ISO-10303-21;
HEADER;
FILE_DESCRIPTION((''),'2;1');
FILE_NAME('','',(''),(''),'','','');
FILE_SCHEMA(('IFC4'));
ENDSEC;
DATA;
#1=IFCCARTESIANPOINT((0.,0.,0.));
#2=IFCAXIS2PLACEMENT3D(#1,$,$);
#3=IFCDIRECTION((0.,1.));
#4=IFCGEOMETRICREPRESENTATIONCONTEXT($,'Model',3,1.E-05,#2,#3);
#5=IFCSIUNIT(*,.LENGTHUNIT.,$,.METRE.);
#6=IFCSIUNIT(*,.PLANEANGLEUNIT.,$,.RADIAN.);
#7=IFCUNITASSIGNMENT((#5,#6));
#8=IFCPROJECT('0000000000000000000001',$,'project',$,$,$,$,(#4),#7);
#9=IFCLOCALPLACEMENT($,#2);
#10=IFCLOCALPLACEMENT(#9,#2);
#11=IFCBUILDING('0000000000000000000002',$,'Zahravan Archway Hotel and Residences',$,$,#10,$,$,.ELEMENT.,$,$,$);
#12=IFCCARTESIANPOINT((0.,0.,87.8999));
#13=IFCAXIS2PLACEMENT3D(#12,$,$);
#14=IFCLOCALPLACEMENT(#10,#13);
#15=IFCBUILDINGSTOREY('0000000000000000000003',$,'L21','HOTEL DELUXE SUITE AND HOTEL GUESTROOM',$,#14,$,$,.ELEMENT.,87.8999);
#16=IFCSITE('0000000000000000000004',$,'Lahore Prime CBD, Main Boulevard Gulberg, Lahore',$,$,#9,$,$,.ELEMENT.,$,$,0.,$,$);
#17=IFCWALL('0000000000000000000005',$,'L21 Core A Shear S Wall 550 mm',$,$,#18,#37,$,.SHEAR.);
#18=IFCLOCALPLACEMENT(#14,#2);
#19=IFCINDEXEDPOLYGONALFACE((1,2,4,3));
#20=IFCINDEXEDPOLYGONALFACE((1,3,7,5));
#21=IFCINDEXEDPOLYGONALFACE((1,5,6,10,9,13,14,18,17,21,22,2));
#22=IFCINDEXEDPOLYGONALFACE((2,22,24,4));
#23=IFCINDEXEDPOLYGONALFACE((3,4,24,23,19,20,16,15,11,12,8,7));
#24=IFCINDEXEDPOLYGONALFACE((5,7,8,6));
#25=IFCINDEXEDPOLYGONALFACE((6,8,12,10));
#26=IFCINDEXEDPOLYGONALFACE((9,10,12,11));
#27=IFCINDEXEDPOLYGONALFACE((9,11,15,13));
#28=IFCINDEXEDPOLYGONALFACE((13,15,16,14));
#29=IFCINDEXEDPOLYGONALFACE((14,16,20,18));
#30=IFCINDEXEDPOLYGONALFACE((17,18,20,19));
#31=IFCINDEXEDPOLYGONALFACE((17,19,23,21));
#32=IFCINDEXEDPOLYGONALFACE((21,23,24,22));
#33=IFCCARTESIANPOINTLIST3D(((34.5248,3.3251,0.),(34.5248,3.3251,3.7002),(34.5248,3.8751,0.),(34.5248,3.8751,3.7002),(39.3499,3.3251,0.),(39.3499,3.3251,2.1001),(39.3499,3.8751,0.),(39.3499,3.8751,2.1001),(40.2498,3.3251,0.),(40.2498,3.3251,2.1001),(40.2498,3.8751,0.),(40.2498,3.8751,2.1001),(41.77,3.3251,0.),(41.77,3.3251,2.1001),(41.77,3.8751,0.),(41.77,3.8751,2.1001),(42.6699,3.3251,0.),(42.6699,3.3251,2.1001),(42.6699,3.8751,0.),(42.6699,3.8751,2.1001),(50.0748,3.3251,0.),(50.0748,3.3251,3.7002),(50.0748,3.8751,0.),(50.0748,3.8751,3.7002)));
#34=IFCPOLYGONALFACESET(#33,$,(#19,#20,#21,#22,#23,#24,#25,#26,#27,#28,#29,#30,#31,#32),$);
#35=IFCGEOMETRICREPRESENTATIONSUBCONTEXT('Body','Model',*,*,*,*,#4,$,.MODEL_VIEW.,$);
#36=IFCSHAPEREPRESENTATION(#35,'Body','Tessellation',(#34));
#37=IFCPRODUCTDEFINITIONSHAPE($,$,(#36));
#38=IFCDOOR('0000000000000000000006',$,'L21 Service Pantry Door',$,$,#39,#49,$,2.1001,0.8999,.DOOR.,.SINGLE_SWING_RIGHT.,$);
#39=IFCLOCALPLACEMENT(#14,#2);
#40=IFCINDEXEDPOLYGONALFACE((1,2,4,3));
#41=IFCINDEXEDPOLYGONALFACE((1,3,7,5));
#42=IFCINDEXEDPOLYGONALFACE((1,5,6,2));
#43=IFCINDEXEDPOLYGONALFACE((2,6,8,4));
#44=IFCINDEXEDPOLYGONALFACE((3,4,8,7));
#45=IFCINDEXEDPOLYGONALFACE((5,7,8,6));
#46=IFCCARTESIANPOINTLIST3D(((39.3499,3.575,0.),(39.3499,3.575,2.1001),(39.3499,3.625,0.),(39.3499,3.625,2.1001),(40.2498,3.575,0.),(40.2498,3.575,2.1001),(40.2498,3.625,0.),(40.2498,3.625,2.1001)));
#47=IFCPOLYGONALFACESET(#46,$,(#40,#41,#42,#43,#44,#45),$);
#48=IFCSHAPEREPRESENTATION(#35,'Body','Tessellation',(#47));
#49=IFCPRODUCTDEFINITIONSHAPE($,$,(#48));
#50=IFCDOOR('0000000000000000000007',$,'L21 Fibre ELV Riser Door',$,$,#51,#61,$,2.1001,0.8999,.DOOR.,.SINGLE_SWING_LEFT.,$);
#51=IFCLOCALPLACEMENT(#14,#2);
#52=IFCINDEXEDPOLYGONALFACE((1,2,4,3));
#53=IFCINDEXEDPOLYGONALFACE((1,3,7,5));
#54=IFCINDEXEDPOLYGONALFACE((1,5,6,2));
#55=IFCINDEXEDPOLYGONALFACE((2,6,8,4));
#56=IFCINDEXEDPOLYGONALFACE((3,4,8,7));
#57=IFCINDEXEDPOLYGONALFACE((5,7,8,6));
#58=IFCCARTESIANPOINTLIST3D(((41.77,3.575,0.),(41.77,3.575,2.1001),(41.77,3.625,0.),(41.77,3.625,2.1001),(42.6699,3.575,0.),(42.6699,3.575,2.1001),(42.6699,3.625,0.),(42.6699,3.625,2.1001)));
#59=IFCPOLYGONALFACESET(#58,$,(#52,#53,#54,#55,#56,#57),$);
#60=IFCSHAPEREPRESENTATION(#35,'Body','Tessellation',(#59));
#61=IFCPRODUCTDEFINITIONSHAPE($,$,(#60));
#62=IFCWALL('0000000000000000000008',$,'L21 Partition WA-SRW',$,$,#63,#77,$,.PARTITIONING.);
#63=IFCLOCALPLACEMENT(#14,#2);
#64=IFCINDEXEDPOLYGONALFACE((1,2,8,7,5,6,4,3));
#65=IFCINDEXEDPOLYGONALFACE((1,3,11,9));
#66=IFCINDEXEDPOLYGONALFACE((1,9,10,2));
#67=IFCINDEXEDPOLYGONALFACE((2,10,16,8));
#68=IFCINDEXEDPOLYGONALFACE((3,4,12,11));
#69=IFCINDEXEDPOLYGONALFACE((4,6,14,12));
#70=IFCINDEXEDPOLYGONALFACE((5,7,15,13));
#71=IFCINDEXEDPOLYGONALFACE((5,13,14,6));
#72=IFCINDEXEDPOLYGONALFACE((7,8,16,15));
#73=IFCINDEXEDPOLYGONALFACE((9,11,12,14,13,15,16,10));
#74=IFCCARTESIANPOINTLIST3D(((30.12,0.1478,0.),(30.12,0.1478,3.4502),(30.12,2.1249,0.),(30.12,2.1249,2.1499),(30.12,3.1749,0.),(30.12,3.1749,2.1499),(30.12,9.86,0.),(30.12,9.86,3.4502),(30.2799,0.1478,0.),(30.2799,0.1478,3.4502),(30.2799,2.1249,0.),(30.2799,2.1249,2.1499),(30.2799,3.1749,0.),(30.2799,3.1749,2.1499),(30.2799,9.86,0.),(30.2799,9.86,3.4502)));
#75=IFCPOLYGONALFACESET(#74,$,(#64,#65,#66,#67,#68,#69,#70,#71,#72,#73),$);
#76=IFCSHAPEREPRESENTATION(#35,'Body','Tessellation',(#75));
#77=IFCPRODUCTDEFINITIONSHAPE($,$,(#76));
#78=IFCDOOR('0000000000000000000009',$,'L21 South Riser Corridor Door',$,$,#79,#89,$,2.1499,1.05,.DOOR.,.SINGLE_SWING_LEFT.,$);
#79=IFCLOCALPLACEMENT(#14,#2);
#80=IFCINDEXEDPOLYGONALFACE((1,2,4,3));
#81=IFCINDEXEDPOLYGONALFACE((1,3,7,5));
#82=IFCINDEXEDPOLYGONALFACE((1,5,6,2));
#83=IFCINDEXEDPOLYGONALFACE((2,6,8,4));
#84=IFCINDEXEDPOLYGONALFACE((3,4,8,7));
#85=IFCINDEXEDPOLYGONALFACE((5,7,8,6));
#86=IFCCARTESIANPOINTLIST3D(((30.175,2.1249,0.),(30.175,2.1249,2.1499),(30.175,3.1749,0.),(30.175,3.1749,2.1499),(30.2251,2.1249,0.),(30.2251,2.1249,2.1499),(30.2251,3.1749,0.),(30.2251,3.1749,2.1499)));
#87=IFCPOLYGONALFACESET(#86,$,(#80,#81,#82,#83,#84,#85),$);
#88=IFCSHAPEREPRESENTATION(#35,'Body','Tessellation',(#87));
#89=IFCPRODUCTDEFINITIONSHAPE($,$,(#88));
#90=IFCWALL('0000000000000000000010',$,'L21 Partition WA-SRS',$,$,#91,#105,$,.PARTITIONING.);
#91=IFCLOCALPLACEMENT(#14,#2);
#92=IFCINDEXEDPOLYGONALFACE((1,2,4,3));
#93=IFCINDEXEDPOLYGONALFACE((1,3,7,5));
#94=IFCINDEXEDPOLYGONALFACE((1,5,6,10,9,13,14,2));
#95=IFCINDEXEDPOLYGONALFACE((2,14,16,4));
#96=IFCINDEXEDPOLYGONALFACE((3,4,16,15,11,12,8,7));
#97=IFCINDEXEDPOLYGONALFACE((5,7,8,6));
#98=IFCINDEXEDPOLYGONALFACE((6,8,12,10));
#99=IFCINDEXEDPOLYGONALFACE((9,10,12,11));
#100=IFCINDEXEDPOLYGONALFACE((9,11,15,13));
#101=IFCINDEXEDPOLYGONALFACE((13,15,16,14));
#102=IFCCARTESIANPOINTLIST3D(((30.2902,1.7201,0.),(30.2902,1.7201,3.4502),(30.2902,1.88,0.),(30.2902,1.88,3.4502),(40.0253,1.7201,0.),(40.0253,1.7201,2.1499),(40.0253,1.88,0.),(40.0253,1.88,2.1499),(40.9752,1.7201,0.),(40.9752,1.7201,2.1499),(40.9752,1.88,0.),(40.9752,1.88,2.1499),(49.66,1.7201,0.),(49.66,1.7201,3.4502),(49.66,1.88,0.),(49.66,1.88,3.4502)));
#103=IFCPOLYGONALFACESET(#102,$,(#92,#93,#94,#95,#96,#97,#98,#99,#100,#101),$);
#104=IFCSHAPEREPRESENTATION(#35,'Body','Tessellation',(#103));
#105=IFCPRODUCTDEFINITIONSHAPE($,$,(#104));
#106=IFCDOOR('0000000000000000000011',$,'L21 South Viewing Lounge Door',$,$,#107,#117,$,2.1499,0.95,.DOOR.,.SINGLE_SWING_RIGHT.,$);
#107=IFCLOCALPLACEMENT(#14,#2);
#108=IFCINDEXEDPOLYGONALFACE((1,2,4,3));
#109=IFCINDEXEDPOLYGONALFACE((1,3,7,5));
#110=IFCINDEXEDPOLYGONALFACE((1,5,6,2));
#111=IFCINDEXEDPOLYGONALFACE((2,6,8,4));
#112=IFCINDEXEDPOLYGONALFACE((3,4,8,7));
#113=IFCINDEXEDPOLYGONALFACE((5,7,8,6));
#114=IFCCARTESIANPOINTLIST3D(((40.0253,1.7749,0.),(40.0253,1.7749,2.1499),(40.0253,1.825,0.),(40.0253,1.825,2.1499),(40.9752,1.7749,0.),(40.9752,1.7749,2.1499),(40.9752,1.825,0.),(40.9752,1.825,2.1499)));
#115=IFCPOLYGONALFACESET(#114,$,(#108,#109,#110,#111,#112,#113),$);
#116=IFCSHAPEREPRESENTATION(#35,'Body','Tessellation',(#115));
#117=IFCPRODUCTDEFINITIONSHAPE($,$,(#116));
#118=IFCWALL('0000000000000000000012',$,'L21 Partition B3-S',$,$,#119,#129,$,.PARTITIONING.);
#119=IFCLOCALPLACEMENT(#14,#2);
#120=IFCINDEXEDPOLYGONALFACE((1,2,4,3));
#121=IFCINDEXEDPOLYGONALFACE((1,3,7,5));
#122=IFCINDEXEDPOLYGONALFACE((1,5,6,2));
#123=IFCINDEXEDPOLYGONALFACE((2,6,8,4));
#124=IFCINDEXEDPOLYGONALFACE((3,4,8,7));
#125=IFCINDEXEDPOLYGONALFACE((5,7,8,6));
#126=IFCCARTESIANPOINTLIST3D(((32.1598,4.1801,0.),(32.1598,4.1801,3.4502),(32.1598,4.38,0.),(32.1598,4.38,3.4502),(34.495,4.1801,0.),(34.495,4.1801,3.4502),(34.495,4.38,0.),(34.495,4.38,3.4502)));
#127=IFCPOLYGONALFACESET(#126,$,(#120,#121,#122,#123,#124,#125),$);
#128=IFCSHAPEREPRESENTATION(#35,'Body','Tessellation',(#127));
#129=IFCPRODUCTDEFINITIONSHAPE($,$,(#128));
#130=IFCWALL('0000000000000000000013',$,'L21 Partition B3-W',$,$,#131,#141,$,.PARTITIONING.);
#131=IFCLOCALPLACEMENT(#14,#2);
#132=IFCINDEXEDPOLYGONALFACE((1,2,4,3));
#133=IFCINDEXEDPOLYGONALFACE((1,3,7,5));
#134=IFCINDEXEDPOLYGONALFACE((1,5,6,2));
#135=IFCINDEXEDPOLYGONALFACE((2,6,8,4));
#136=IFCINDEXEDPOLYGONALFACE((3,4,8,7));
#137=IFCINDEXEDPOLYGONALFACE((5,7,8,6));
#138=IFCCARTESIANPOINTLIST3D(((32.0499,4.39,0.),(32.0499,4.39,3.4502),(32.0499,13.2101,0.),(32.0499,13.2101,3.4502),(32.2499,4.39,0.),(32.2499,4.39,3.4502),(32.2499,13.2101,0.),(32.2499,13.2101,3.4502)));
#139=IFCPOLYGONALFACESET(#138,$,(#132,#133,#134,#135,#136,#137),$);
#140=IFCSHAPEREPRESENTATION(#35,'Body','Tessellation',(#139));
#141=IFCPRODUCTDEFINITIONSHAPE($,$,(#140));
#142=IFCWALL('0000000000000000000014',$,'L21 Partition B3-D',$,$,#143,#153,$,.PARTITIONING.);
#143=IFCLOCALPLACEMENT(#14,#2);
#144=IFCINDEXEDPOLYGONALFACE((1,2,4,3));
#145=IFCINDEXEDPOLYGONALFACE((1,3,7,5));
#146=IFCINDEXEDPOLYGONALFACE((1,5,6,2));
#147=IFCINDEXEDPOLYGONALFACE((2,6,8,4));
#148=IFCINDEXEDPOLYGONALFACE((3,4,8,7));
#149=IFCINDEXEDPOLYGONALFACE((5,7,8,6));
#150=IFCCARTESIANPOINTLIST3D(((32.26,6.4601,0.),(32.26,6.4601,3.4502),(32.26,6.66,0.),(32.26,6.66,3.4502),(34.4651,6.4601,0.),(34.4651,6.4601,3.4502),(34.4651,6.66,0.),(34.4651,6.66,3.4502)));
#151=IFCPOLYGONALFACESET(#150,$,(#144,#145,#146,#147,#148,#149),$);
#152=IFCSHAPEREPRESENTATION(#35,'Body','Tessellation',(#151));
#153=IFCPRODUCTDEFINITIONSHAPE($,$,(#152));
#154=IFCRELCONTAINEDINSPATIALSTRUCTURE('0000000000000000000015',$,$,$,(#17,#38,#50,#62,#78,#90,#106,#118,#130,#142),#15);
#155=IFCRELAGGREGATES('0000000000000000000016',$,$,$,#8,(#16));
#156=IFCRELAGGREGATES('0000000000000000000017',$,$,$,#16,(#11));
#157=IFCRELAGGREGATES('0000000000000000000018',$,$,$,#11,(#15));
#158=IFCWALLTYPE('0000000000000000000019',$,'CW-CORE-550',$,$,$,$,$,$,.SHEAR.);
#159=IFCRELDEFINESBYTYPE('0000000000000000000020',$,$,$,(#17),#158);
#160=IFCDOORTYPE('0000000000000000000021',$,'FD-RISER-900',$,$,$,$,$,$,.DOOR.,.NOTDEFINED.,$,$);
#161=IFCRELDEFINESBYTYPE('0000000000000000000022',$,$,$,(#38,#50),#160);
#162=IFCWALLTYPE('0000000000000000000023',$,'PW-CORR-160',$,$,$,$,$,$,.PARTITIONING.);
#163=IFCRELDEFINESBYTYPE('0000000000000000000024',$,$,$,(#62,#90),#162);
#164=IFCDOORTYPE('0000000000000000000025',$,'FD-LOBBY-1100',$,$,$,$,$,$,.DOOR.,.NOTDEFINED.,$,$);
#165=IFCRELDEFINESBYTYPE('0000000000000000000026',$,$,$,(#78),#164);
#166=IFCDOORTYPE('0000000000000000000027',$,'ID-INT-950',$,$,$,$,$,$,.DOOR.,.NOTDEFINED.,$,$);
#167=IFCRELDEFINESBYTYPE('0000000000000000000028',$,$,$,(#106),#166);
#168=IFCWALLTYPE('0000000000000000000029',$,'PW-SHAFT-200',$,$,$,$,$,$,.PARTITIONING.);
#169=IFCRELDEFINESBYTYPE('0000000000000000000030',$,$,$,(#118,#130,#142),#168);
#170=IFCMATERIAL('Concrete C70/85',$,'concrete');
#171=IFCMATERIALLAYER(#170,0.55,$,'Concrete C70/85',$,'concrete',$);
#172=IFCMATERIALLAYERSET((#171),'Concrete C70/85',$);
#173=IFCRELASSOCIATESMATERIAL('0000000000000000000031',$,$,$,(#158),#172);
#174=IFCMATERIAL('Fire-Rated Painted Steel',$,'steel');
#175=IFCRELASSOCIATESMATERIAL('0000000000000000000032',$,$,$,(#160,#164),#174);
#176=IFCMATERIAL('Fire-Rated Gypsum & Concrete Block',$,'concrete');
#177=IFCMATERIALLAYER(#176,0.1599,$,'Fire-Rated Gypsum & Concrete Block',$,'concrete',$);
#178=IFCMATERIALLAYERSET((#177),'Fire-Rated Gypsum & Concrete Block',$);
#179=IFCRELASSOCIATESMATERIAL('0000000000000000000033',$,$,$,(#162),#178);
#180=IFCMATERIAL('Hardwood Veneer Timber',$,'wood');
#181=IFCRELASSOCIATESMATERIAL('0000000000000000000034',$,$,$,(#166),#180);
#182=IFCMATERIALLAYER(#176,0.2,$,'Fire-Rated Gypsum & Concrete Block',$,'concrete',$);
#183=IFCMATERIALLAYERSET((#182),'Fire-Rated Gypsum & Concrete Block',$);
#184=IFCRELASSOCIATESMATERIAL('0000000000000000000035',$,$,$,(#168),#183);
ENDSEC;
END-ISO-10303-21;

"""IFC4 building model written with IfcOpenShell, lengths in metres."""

from ifc_helpers import new_model, si_unit, direction, frame, frame_2d, origin, place, context, subcontext, project, spatial, rectangle, extrude, source, transform, mapped, material, layer, layer_set, type_object, type_shapes, element, fill, save


model = new_model("IFC4")

# Units and contexts
model_context = context("Model", 3, precision=1e-05, world=origin(), true_north=direction((0.0, 1.0)))
body_context = subcontext(model_context, "Body", "Model", "MODEL_VIEW")
ifc_project = project(units=[si_unit("LENGTHUNIT", "METRE"), si_unit("PLANEANGLEUNIT", "RADIAN")], contexts=[model_context])

# Site, building, storey
site_placement = place(None, origin())
site = spatial("IfcSite", under=ifc_project, at=site_placement, Name="Lahore Prime CBD, Main Boulevard Gulberg, Lahore", CompositionType="ELEMENT", RefElevation=0.0)
building_placement = place(site_placement, origin())
building = spatial("IfcBuilding", under=site, at=building_placement, Name="Zahravan Archway Hotel and Residences", CompositionType="ELEMENT")
storey_placement = place(building_placement, frame((0.0, 0.0, 87.8999)))
storey = spatial("IfcBuildingStorey", under=building, at=storey_placement, Name="L21", Description="HOTEL DELUXE SUITE AND HOTEL GUESTROOM", CompositionType="ELEMENT", Elevation=87.8999)

# Shared definitions
ifc_material_1 = material(Name="Concrete C70/85", Category="concrete")

# Wall, openings, doors
ifc_layer_1 = layer(ifc_material_1, 0.55, Name="Concrete C70/85", Category="concrete")
ifc_layer_set_1 = layer_set([ifc_layer_1], Name="Concrete C70/85")
wall_type_1 = type_object("IfcWallType", Name="CW-CORE-550", PredefinedType="SHEAR", material=ifc_layer_set_1)
wall_1_placement = place(storey_placement, frame((34.5249, 3.6001, 0.0), z_axis=(0.0, 0.0, 1.0), x_axis=(1.0, 0.0, 0.0)))
wall_1 = element("IfcWall", 1, at=wall_1_placement, inside=storey, type_object=wall_type_1, Name="L21 Core A Shear S Wall 550 mm", PredefinedType="SHEAR", context=body_context, shape_type="SweptSolid", body=[
    extrude(rectangle(XDim=15.55, YDim=0.55, at=frame_2d((7.7749, 0.0))), origin(), (0.0, 0.0, 1.0), 3.7002),
])
opening_1_placement = place(wall_1_placement, frame((4.825, 0.0, 0.0)))
opening_1 = element("IfcOpeningElement", 2, at=opening_1_placement, cuts=wall_1, PredefinedType="OPENING", context=body_context, shape_type="SweptSolid", body=[
    extrude(rectangle(XDim=0.8999, YDim=2.1001, at=frame_2d((0.45, 1.05))), frame((0.0, 0.2852, 0.0), z_axis=(0.0, -1.0, 0.0), x_axis=(1.0, 0.0, 0.0)), (0.0, 0.0, 1.0), 0.5701),
])
opening_2_placement = place(wall_1_placement, frame((7.2451, 0.0, 0.0)))
opening_2 = element("IfcOpeningElement", 3, at=opening_2_placement, cuts=wall_1, PredefinedType="OPENING", context=body_context, shape_type="SweptSolid", body=[
    extrude(rectangle(XDim=0.8999, YDim=2.1001, at=frame_2d((0.45, 1.05))), frame((0.0, 0.2852, 0.0), z_axis=(0.0, -1.0, 0.0), x_axis=(1.0, 0.0, 0.0)), (0.0, 0.0, 1.0), 0.5701),
])
ifc_material_2 = material(Name="Fire-Rated Painted Steel", Category="steel")
door_type_1 = type_object("IfcDoorType", Name="FD-RISER-900", OperationType="NOTDEFINED", PredefinedType="DOOR", material=ifc_material_2)
shared_shape_1 = source(origin(), body_context, "Body", "SweptSolid", [
    extrude(rectangle(XDim=0.8999, YDim=2.1001, at=frame_2d((0.45, 1.05))), frame((0.0, 0.0249, 0.0), z_axis=(0.0, -1.0, 0.0), x_axis=(1.0, 0.0, 0.0)), (0.0, 0.0, 1.0), 0.05),
])
type_shapes(door_type_1, [shared_shape_1])
door_1_placement = place(opening_1_placement, origin())
door_1 = element("IfcDoor", 4, at=door_1_placement, inside=storey, type_object=door_type_1, Name="L21 Service Pantry Door", OperationType="SINGLE_SWING_RIGHT", OverallHeight=2.1001, OverallWidth=0.8999, PredefinedType="DOOR", context=body_context, shape_type="MappedRepresentation", body=[
    mapped(shared_shape_1, transform((0.0, 0.0, 0.0), scale=1.0)),
])
fill(opening_1, door_1)
door_2_placement = place(opening_2_placement, origin())
door_2 = element("IfcDoor", 5, at=door_2_placement, inside=storey, type_object=door_type_1, Name="L21 Fibre ELV Riser Door", OperationType="SINGLE_SWING_LEFT", OverallHeight=2.1001, OverallWidth=0.8999, PredefinedType="DOOR", context=body_context, shape_type="MappedRepresentation", body=[
    mapped(shared_shape_1, transform((0.0, 0.0, 0.0), scale=1.0)),
])
fill(opening_2, door_2)

# Walls, openings, doors
ifc_material_3 = material(Name="Fire-Rated Gypsum & Concrete Block", Category="concrete")
ifc_layer_2 = layer(ifc_material_3, 0.1599, Name="Fire-Rated Gypsum & Concrete Block", Category="concrete")
ifc_layer_set_2 = layer_set([ifc_layer_2], Name="Fire-Rated Gypsum & Concrete Block")
wall_type_2 = type_object("IfcWallType", Name="PW-CORR-160", PredefinedType="PARTITIONING", material=ifc_layer_set_2)
wall_2_placement = place(storey_placement, frame((30.2, 0.1479, 0.0), z_axis=(0.0, 0.0, 1.0), x_axis=(0.0, 1.0, 0.0)))
wall_2 = element("IfcWall", 6, at=wall_2_placement, inside=storey, type_object=wall_type_2, Name="L21 Partition WA-SRW", PredefinedType="PARTITIONING", context=body_context, shape_type="SweptSolid", body=[
    extrude(rectangle(XDim=9.7122, YDim=0.1599, at=frame_2d((4.856, 0.0))), origin(), (0.0, 0.0, 1.0), 3.4502),
])
opening_3_placement = place(wall_2_placement, frame((1.9771, 0.0, 0.0)))
opening_3 = element("IfcOpeningElement", 7, at=opening_3_placement, cuts=wall_2, PredefinedType="OPENING", context=body_context, shape_type="SweptSolid", body=[
    extrude(rectangle(XDim=1.05, YDim=2.1499, at=frame_2d((0.5249, 1.075))), frame((0.0, 0.0898, 0.0), z_axis=(0.0, -1.0, 0.0), x_axis=(1.0, 0.0, 0.0)), (0.0, 0.0, 1.0), 0.1799),
])
door_type_2 = type_object("IfcDoorType", Name="FD-LOBBY-1100", OperationType="NOTDEFINED", PredefinedType="DOOR", material=ifc_material_2)
shared_shape_2 = source(origin(), body_context, "Body", "SweptSolid", [
    extrude(rectangle(XDim=1.05, YDim=2.1499, at=frame_2d((0.5249, 1.075))), frame((0.0, 0.0249, 0.0), z_axis=(0.0, -1.0, 0.0), x_axis=(1.0, 0.0, 0.0)), (0.0, 0.0, 1.0), 0.05),
])
type_shapes(door_type_2, [shared_shape_2])
door_3_placement = place(opening_3_placement, origin())
door_3 = element("IfcDoor", 8, at=door_3_placement, inside=storey, type_object=door_type_2, Name="L21 South Riser Corridor Door", OperationType="SINGLE_SWING_LEFT", OverallHeight=2.1499, OverallWidth=1.05, PredefinedType="DOOR", context=body_context, shape_type="MappedRepresentation", body=[
    mapped(shared_shape_2, transform((0.0, 0.0, 0.0), scale=1.0)),
])
fill(opening_3, door_3)
wall_3_placement = place(storey_placement, frame((30.29, 1.8, 0.0), z_axis=(0.0, 0.0, 1.0), x_axis=(1.0, 0.0, 0.0)))
wall_3 = element("IfcWall", 9, at=wall_3_placement, inside=storey, type_object=wall_type_2, Name="L21 Partition WA-SRS", PredefinedType="PARTITIONING", context=body_context, shape_type="SweptSolid", body=[
    extrude(rectangle(XDim=19.3699, YDim=0.1599, at=frame_2d((9.6851, 0.0))), origin(), (0.0, 0.0, 1.0), 3.4502),
])
opening_4_placement = place(wall_3_placement, frame((9.7351, 0.0, 0.0)))
opening_4 = element("IfcOpeningElement", 10, at=opening_4_placement, cuts=wall_3, PredefinedType="OPENING", context=body_context, shape_type="SweptSolid", body=[
    extrude(rectangle(XDim=0.95, YDim=2.1499, at=frame_2d((0.4751, 1.075))), frame((0.0, 0.0898, 0.0), z_axis=(0.0, -1.0, 0.0), x_axis=(1.0, 0.0, 0.0)), (0.0, 0.0, 1.0), 0.1799),
])
ifc_material_4 = material(Name="Hardwood Veneer Timber", Category="wood")
door_type_3 = type_object("IfcDoorType", Name="ID-INT-950", OperationType="NOTDEFINED", PredefinedType="DOOR", material=ifc_material_4)
shared_shape_3 = source(origin(), body_context, "Body", "SweptSolid", [
    extrude(rectangle(XDim=0.95, YDim=2.1499, at=frame_2d((0.4751, 1.075))), frame((0.0, 0.0249, 0.0), z_axis=(0.0, -1.0, 0.0), x_axis=(1.0, 0.0, 0.0)), (0.0, 0.0, 1.0), 0.05),
])
type_shapes(door_type_3, [shared_shape_3])
door_4_placement = place(opening_4_placement, origin())
door_4 = element("IfcDoor", 11, at=door_4_placement, inside=storey, type_object=door_type_3, Name="L21 South Viewing Lounge Door", OperationType="SINGLE_SWING_RIGHT", OverallHeight=2.1499, OverallWidth=0.95, PredefinedType="DOOR", context=body_context, shape_type="MappedRepresentation", body=[
    mapped(shared_shape_3, transform((0.0, 0.0, 0.0), scale=1.0)),
])
fill(opening_4, door_4)

# Walls
ifc_layer_3 = layer(ifc_material_3, 0.2, Name="Fire-Rated Gypsum & Concrete Block", Category="concrete")
ifc_layer_set_3 = layer_set([ifc_layer_3], Name="Fire-Rated Gypsum & Concrete Block")
wall_type_3 = type_object("IfcWallType", Name="PW-SHAFT-200", PredefinedType="PARTITIONING", material=ifc_layer_set_3)
wall_4_placement = place(storey_placement, frame((32.1599, 4.28, 0.0), z_axis=(0.0, 0.0, 1.0), x_axis=(1.0, 0.0, 0.0)))
element("IfcWall", 12, at=wall_4_placement, inside=storey, type_object=wall_type_3, Name="L21 Partition B3-S", PredefinedType="PARTITIONING", context=body_context, shape_type="SweptSolid", body=[
    extrude(rectangle(XDim=2.3352, YDim=0.2, at=frame_2d((1.1675, 0.0))), origin(), (0.0, 0.0, 1.0), 3.4502),
])
wall_5_placement = place(storey_placement, frame((32.1499, 4.3899, 0.0), z_axis=(0.0, 0.0, 1.0), x_axis=(0.0, 1.0, 0.0)))
element("IfcWall", 13, at=wall_5_placement, inside=storey, type_object=wall_type_3, Name="L21 Partition B3-W", PredefinedType="PARTITIONING", context=body_context, shape_type="SweptSolid", body=[
    extrude(rectangle(XDim=8.8201, YDim=0.2, at=frame_2d((4.4102, 0.0))), origin(), (0.0, 0.0, 1.0), 3.4502),
])
wall_6_placement = place(storey_placement, frame((32.26, 6.5601, 0.0), z_axis=(0.0, 0.0, 1.0), x_axis=(1.0, 0.0, 0.0)))
element("IfcWall", 14, at=wall_6_placement, inside=storey, type_object=wall_type_3, Name="L21 Partition B3-D", PredefinedType="PARTITIONING", context=body_context, shape_type="SweptSolid", body=[
    extrude(rectangle(XDim=2.2051, YDim=0.2, at=frame_2d((1.1025, 0.0))), origin(), (0.0, 0.0, 1.0), 3.4502),
])

save(model, "model.ifc")
